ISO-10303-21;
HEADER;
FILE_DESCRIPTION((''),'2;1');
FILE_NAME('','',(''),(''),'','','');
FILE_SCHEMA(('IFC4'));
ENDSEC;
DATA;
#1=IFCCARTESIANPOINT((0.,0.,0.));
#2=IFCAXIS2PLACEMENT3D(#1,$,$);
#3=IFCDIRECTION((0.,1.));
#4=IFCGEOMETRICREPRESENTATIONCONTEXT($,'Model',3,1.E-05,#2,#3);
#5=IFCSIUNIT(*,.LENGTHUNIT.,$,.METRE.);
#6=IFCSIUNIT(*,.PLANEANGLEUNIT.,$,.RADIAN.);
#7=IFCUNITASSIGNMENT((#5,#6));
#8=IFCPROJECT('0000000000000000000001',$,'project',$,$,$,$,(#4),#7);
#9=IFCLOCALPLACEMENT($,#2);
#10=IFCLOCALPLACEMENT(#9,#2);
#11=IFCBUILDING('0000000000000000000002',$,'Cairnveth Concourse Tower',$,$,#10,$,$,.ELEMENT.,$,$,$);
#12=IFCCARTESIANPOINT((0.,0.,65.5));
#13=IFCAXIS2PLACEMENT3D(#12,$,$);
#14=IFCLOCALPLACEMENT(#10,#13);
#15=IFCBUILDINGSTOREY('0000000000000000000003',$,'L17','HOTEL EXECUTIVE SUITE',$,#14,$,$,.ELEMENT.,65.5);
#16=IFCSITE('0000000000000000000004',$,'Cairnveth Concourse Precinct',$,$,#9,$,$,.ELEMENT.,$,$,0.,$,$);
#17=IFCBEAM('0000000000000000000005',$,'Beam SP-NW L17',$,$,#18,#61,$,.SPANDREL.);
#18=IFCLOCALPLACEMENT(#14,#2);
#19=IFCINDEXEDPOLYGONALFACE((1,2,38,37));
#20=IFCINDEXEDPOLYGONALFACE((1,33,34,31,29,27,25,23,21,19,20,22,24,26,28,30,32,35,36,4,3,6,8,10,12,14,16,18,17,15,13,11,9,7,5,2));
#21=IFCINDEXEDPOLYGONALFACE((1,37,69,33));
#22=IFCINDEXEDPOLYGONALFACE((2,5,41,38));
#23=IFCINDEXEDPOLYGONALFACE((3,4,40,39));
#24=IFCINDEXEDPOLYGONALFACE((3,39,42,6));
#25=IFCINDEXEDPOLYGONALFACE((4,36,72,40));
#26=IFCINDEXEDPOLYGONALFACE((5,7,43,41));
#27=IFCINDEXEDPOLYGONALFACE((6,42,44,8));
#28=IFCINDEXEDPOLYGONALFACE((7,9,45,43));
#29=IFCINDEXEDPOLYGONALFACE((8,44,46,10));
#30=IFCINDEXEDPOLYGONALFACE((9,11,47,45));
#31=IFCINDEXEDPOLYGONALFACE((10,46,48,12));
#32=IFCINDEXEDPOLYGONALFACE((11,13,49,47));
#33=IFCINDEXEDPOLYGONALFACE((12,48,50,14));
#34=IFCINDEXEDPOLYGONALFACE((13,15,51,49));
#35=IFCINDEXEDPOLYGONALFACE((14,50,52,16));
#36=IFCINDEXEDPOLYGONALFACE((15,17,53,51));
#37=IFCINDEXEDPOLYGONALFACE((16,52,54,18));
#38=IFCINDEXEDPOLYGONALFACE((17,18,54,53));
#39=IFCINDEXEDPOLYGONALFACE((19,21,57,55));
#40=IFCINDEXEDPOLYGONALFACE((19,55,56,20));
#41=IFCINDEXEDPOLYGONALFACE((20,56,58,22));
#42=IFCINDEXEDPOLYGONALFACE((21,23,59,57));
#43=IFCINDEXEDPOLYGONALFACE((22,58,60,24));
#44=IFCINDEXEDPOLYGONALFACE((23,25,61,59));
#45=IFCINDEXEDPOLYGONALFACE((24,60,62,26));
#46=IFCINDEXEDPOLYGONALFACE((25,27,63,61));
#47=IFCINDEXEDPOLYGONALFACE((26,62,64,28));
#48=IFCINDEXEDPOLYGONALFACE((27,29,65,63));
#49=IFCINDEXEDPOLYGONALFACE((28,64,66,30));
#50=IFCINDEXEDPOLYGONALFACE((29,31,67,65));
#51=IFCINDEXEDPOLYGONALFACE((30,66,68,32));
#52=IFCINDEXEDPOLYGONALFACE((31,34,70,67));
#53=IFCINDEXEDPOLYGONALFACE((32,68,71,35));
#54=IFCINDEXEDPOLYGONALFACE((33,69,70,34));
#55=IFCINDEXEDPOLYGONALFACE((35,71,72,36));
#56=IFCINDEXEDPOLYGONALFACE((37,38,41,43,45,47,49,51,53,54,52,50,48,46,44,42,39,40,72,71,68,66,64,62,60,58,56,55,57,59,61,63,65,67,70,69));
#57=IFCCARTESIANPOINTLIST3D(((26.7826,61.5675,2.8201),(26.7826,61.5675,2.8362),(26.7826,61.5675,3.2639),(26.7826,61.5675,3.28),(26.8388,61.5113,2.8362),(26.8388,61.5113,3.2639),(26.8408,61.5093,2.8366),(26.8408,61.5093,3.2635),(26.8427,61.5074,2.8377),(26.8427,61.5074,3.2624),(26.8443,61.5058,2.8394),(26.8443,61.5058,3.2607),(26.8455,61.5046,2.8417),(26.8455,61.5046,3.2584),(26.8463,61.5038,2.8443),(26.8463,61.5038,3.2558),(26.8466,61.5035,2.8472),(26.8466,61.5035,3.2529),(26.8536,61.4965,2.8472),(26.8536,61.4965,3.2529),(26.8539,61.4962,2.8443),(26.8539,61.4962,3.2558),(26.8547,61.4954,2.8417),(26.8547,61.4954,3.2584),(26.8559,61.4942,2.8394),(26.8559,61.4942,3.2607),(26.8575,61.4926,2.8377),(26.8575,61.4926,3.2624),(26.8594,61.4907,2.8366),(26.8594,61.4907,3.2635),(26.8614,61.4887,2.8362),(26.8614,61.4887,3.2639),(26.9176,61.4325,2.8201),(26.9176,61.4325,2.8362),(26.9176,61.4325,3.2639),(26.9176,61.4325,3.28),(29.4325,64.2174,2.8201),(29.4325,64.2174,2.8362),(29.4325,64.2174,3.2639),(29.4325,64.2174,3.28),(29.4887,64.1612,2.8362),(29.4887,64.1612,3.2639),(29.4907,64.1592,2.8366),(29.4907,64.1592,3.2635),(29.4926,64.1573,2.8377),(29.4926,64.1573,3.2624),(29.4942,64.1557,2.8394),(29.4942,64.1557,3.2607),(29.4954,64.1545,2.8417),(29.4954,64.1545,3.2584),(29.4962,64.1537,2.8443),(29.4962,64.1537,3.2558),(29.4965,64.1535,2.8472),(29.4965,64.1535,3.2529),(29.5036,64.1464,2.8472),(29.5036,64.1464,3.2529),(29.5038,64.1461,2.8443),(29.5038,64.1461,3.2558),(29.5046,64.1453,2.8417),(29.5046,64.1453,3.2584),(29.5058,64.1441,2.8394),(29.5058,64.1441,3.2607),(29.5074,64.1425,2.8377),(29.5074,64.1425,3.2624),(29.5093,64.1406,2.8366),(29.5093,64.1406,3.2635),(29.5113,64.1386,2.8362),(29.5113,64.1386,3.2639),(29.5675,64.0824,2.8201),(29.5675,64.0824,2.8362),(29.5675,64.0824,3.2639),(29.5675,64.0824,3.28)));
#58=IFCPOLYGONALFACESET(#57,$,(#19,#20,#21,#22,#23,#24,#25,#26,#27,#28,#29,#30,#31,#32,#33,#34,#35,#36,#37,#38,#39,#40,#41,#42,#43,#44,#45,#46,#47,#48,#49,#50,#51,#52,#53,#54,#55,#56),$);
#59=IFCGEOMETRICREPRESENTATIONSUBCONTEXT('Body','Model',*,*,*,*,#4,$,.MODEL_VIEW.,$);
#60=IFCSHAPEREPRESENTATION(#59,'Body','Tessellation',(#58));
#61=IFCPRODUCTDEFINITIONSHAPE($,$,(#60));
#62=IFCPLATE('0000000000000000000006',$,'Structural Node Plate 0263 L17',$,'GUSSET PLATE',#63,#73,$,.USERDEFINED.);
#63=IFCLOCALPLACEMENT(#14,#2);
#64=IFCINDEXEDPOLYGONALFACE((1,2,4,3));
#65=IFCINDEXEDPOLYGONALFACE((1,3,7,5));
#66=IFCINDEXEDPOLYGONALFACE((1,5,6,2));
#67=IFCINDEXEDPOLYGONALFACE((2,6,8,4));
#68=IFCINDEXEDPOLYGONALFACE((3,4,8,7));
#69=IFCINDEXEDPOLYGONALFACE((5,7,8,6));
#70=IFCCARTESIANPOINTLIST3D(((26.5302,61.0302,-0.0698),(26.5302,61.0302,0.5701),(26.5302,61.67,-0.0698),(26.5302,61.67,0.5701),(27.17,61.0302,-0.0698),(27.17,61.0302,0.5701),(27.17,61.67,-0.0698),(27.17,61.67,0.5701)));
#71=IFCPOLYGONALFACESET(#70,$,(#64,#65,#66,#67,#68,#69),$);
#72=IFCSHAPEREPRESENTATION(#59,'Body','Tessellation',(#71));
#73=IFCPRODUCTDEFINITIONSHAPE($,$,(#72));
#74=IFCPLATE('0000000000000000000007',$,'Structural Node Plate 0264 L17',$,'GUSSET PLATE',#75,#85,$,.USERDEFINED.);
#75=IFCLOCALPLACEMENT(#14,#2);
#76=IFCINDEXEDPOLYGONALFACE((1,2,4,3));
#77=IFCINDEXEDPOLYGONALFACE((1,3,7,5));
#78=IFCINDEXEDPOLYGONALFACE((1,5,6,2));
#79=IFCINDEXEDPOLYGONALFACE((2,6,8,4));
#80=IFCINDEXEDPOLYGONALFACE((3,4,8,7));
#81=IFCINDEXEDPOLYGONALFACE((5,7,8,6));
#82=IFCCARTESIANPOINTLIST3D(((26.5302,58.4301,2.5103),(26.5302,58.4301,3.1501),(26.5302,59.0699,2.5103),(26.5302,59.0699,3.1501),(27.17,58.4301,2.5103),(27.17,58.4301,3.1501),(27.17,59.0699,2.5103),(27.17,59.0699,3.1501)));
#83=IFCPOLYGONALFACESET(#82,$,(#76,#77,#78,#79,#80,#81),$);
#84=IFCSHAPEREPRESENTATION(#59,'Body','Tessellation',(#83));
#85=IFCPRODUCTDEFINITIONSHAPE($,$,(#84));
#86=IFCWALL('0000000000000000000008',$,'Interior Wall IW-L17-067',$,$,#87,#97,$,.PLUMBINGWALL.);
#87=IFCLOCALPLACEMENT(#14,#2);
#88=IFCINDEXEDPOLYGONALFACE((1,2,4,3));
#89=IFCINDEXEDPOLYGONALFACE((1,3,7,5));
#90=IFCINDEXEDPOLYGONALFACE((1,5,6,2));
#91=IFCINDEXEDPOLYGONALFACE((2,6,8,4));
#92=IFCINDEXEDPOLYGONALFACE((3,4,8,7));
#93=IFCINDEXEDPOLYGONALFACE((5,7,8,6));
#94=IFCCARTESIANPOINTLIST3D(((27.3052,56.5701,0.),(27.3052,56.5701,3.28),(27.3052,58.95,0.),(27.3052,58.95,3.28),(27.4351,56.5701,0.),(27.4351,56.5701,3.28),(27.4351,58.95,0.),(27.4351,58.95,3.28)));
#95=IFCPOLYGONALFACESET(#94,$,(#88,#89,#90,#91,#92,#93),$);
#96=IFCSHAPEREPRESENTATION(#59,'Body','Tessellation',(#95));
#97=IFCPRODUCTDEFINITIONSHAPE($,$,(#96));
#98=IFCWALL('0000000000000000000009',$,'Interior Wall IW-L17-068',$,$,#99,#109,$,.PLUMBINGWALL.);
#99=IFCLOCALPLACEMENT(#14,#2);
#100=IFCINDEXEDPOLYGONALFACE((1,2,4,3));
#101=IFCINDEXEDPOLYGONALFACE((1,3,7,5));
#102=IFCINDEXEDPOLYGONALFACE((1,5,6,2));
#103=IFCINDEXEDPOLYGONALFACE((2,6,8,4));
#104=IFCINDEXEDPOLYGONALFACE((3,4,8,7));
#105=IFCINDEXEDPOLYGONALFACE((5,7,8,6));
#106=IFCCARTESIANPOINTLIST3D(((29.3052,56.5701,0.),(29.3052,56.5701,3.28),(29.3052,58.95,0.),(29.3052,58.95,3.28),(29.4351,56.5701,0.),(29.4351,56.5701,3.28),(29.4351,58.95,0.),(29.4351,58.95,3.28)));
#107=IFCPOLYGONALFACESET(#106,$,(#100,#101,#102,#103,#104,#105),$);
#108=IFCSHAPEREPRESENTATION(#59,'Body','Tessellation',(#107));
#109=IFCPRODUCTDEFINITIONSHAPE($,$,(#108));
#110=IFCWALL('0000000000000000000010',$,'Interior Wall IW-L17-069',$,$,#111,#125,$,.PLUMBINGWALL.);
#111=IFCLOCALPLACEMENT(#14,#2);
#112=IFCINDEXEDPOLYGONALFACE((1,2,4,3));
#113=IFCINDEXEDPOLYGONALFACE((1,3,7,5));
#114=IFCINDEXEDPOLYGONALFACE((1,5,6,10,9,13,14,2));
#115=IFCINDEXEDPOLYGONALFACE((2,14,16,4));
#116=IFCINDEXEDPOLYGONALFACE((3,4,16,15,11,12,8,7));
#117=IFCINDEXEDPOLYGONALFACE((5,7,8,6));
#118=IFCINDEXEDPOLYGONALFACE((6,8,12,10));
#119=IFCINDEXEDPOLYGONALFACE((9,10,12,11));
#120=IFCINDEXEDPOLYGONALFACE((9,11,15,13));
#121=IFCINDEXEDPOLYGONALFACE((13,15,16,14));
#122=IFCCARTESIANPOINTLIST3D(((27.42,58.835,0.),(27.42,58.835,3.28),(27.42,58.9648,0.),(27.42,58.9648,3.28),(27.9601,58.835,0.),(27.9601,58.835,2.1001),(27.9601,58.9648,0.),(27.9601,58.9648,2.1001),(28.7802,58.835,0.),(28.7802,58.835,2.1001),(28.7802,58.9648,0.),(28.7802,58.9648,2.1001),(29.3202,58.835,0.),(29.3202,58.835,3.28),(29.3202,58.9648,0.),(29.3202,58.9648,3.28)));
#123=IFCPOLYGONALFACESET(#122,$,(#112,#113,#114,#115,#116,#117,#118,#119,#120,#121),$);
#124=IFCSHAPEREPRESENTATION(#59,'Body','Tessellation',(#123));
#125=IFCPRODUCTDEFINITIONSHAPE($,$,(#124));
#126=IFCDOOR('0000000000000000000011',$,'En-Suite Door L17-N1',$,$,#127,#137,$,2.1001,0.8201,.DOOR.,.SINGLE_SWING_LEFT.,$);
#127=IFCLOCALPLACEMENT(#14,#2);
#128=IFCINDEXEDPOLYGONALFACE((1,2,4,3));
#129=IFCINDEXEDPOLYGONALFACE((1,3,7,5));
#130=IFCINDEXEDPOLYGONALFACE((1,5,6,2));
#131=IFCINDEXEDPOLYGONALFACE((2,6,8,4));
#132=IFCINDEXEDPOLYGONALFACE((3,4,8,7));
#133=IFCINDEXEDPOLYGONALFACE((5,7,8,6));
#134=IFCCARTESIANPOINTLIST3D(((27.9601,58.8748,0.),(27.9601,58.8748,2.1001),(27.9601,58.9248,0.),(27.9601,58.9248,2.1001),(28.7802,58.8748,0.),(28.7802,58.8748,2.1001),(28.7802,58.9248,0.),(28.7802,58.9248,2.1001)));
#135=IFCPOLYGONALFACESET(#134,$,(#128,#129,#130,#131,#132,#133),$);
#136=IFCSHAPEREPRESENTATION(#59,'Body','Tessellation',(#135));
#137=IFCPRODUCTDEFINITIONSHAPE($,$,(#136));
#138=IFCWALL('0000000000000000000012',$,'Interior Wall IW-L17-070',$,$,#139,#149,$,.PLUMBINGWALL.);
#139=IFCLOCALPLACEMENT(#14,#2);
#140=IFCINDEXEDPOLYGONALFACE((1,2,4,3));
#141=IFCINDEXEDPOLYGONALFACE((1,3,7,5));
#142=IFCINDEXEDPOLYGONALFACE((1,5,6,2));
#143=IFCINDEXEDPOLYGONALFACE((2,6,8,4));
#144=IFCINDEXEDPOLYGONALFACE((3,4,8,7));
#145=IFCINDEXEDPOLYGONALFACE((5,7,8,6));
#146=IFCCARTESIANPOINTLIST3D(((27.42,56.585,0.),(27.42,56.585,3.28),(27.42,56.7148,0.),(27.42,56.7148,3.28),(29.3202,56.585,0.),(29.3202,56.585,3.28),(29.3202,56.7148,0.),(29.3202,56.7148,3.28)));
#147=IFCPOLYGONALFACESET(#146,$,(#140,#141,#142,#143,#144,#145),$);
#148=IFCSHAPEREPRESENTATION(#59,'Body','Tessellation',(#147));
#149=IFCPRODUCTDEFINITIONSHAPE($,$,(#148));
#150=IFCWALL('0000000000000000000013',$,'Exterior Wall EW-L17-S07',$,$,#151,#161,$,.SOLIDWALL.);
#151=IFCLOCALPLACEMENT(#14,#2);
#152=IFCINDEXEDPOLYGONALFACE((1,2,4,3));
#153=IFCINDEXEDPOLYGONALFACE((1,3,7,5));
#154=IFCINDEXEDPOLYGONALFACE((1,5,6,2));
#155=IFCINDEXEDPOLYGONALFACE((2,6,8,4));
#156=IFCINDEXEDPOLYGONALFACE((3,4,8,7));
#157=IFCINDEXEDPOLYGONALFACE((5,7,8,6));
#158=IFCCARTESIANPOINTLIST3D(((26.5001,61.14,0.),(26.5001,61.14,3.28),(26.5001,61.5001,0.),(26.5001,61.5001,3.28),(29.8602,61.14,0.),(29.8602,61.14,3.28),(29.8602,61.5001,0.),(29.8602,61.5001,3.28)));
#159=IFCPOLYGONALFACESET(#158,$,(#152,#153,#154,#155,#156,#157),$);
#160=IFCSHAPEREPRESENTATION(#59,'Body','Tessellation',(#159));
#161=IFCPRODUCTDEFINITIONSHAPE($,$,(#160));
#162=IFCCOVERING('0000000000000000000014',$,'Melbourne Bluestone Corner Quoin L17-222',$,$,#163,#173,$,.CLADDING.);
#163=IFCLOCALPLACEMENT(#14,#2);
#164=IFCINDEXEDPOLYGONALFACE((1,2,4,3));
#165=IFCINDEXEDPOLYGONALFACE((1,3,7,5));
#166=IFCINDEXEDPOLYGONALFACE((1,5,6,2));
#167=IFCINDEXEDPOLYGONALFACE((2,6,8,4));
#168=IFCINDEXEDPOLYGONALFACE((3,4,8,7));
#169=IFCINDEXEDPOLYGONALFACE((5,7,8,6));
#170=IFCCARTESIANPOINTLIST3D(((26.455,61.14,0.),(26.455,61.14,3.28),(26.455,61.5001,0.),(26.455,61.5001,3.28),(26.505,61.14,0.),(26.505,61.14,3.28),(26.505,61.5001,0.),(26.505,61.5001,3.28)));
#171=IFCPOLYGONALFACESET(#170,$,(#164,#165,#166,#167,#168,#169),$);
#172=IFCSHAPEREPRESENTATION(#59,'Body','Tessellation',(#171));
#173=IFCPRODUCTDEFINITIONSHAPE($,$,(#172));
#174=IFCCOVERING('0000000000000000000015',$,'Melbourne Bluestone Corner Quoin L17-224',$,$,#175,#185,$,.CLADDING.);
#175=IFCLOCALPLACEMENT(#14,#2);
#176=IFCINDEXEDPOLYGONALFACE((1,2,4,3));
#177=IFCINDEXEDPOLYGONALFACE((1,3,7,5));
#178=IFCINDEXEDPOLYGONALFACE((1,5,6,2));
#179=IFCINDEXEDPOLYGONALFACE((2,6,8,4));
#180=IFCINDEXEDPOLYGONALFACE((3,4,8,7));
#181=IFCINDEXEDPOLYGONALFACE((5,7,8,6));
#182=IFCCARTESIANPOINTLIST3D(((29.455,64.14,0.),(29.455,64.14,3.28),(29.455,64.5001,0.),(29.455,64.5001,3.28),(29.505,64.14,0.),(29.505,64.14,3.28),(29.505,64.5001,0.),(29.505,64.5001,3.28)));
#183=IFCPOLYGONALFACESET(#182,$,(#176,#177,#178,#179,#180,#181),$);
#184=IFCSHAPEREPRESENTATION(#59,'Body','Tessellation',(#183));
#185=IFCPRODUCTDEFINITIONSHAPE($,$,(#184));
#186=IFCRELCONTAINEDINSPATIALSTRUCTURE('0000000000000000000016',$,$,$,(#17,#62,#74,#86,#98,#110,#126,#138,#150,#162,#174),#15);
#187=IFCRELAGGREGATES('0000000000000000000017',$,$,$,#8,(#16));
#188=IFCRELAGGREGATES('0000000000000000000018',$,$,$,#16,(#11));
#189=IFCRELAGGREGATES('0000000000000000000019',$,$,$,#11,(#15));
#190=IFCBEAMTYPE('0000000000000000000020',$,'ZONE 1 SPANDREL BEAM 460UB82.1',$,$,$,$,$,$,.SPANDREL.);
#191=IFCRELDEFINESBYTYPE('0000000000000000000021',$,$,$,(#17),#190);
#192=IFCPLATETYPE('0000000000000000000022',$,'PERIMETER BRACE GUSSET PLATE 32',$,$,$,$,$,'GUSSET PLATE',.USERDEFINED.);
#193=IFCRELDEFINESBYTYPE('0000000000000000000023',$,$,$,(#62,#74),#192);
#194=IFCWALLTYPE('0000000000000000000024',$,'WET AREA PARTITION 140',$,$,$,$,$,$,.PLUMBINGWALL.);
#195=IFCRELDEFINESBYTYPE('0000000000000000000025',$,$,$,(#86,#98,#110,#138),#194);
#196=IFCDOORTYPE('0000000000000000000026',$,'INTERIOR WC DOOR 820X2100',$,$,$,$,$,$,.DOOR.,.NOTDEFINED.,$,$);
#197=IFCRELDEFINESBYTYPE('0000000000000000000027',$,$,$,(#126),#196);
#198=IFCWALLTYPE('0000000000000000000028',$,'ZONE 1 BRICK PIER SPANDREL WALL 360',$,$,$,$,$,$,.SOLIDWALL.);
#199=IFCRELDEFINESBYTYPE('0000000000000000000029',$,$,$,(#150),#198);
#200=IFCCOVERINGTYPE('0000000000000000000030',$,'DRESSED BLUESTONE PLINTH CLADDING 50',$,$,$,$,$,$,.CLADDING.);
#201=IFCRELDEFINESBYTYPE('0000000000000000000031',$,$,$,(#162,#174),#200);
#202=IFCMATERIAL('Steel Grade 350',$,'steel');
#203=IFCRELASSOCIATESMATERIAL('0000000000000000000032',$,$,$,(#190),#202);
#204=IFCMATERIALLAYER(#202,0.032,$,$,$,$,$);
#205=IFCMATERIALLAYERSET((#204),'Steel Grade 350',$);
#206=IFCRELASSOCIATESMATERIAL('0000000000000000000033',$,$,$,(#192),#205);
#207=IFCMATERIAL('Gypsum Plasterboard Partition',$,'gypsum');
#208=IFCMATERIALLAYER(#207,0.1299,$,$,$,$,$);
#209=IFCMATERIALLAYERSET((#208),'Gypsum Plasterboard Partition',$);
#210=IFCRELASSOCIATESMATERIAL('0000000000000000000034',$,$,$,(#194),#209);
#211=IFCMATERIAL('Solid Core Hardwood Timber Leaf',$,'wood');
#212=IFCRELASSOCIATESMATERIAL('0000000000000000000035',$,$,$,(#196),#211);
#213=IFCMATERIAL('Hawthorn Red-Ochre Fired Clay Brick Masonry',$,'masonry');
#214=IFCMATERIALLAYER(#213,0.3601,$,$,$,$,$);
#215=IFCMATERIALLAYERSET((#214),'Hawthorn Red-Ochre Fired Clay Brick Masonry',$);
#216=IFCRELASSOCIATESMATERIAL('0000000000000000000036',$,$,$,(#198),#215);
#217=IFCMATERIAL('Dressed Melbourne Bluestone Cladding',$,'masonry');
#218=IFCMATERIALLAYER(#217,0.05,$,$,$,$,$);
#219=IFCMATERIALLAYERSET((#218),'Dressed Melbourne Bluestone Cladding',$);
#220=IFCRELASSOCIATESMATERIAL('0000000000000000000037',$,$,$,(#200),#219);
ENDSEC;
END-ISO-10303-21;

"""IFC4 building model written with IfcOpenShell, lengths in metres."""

from ifc_helpers import new_model, si_unit, direction, frame, frame_2d, origin, origin_2d, place, context, subcontext, project, spatial, rectangle, i_section, extrude, material, layer, layer_set, material_profile, profile_set, type_object, element, fill, save


model = new_model("IFC4")

# Units and contexts
model_context = context("Model", 3, precision=1e-05, world=origin(), true_north=direction((0.0, 1.0)))
body_context = subcontext(model_context, "Body", "Model", "MODEL_VIEW")
ifc_project = project(units=[si_unit("LENGTHUNIT", "METRE"), si_unit("PLANEANGLEUNIT", "RADIAN")], contexts=[model_context])

# Site, building, storey
site_placement = place(None, origin())
site = spatial("IfcSite", under=ifc_project, at=site_placement, Name="Cairnveth Concourse Precinct", CompositionType="ELEMENT", RefElevation=0.0)
building_placement = place(site_placement, origin())
building = spatial("IfcBuilding", under=site, at=building_placement, Name="Cairnveth Concourse Tower", CompositionType="ELEMENT")
storey_placement = place(building_placement, frame((0.0, 0.0, 65.5)))
storey = spatial("IfcBuildingStorey", under=building, at=storey_placement, Name="L17", Description="HOTEL EXECUTIVE SUITE", CompositionType="ELEMENT", Elevation=65.5)

# Shared definitions
ifc_material_1 = material(Name="Steel Grade 350", Category="steel")

# Beam
ifc_material_profile_1 = material_profile(ifc_material_1, i_section(OverallWidth=0.1909, OverallDepth=0.46, WebThickness=0.01, FlangeThickness=0.0161, FilletRadius=0.011, at=origin_2d()), Name="460UB82.1")
ifc_profile_set_1 = profile_set([ifc_material_profile_1], Name="Steel Grade 350")
beam_type_1 = type_object("IfcBeamType", Name="ZONE 1 SPANDREL BEAM 460UB82.1", PredefinedType="SPANDREL", material=ifc_profile_set_1)
beam_1_placement = place(storey_placement, frame((26.8501, 61.5, 3.05), z_axis=(0.707107, 0.707107, 0.0), x_axis=(-0.707107, 0.707107, 0.0)))
element("IfcBeam", 1, at=beam_1_placement, inside=storey, type_object=beam_type_1, Name="Beam SP-NW L17", PredefinedType="SPANDREL", context=body_context, shape_type="SweptSolid", body=[
    extrude(i_section(OverallWidth=0.1909, OverallDepth=0.46, WebThickness=0.01, FlangeThickness=0.0161, FilletRadius=0.011, at=origin_2d()), origin(), (0.0, 0.0, 1.0), 3.7476),
])

# Plates
ifc_layer_1 = layer(ifc_material_1, 0.032)
ifc_layer_set_1 = layer_set([ifc_layer_1], Name="Steel Grade 350")
plate_type = type_object("IfcPlateType", Name="PERIMETER BRACE GUSSET PLATE 32", ElementType="GUSSET PLATE", PredefinedType="USERDEFINED", material=ifc_layer_set_1)
for number, where, z_axis, x_axis, name in (
    (2, (26.8501, 61.3501, -0.0698), (0.0, 0.0, 1.0), (1.0, 0.0, 0.0), "Structural Node Plate 0263 L17"),
    (3, (26.8501, 58.75, 2.5103), (0.0, 0.0, 1.0), (1.0, 0.0, 0.0), "Structural Node Plate 0264 L17"),
):
    element("IfcPlate", number, at=place(storey_placement, frame(where, z_axis=z_axis, x_axis=x_axis)), inside=storey, type_object=plate_type, Name=name, ObjectType="GUSSET PLATE", PredefinedType="USERDEFINED", context=body_context, shape_type="SweptSolid", body=[
        extrude(rectangle(XDim=0.6399, YDim=0.6399, at=origin_2d()), origin(), (0.0, 0.0, 1.0), 0.6399),
    ])

# Walls
ifc_material_2 = material(Name="Gypsum Plasterboard Partition", Category="gypsum")
ifc_layer_2 = layer(ifc_material_2, 0.1299)
ifc_layer_set_2 = layer_set([ifc_layer_2], Name="Gypsum Plasterboard Partition")
wall_type_1 = type_object("IfcWallType", Name="WET AREA PARTITION 140", PredefinedType="PLUMBINGWALL", material=ifc_layer_set_2)
for number, where, z_axis, x_axis, name in (
    (4, (27.3701, 56.5701, 0.0), (0.0, 0.0, 1.0), (0.0, 1.0, 0.0), "Interior Wall IW-L17-067"),
    (5, (29.3701, 56.5701, 0.0), (0.0, 0.0, 1.0), (0.0, 1.0, 0.0), "Interior Wall IW-L17-068"),
):
    element("IfcWall", number, at=place(storey_placement, frame(where, z_axis=z_axis, x_axis=x_axis)), inside=storey, type_object=wall_type_1, Name=name, PredefinedType="PLUMBINGWALL", context=body_context, shape_type="SweptSolid", body=[
        extrude(rectangle(XDim=2.3799, YDim=0.1299, at=frame_2d((1.1899, 0.0))), origin(), (0.0, 0.0, 1.0), 3.28),
    ])

# Wall, opening, door
wall_1_placement = place(storey_placement, frame((27.4199, 58.8999, 0.0), z_axis=(0.0, 0.0, 1.0), x_axis=(1.0, 0.0, 0.0)))
wall_1 = element("IfcWall", 6, at=wall_1_placement, inside=storey, type_object=wall_type_1, Name="Interior Wall IW-L17-069", PredefinedType="PLUMBINGWALL", context=body_context, shape_type="SweptSolid", body=[
    extrude(rectangle(XDim=1.9001, YDim=0.1299, at=frame_2d((0.9502, 0.0))), origin(), (0.0, 0.0, 1.0), 3.28),
])
opening_placement = place(wall_1_placement, frame((0.54, 0.0, 0.0)))
opening = element("IfcOpeningElement", 7, at=opening_placement, cuts=wall_1, PredefinedType="OPENING", context=body_context, shape_type="SweptSolid", body=[
    extrude(rectangle(XDim=0.8201, YDim=2.1001, at=frame_2d((0.4102, 1.05))), frame((0.0, 0.075, 0.0), z_axis=(0.0, -1.0, 0.0), x_axis=(1.0, 0.0, 0.0)), (0.0, 0.0, 1.0), 0.1499),
])
ifc_material_3 = material(Name="Solid Core Hardwood Timber Leaf", Category="wood")
door_type = type_object("IfcDoorType", Name="INTERIOR WC DOOR 820X2100", OperationType="NOTDEFINED", PredefinedType="DOOR", material=ifc_material_3)
door_placement = place(opening_placement, origin())
door = element("IfcDoor", 8, at=door_placement, inside=storey, type_object=door_type, Name="En-Suite Door L17-N1", OperationType="SINGLE_SWING_LEFT", OverallHeight=2.1001, OverallWidth=0.8201, PredefinedType="DOOR", context=body_context, shape_type="SweptSolid", body=[
    extrude(rectangle(XDim=0.8201, YDim=2.1001, at=frame_2d((0.4102, 1.05))), frame((0.0, 0.0249, 0.0), z_axis=(0.0, -1.0, 0.0), x_axis=(1.0, 0.0, 0.0)), (0.0, 0.0, 1.0), 0.05),
])
fill(opening, door)

# Walls
wall_2_placement = place(storey_placement, frame((27.4199, 56.6499, 0.0), z_axis=(0.0, 0.0, 1.0), x_axis=(1.0, 0.0, 0.0)))
element("IfcWall", 9, at=wall_2_placement, inside=storey, type_object=wall_type_1, Name="Interior Wall IW-L17-070", PredefinedType="PLUMBINGWALL", context=body_context, shape_type="SweptSolid", body=[
    extrude(rectangle(XDim=1.9001, YDim=0.1299, at=frame_2d((0.9502, 0.0))), origin(), (0.0, 0.0, 1.0), 3.28),
])
ifc_material_4 = material(Name="Hawthorn Red-Ochre Fired Clay Brick Masonry", Category="masonry")
ifc_layer_3 = layer(ifc_material_4, 0.3601)
ifc_layer_set_3 = layer_set([ifc_layer_3], Name="Hawthorn Red-Ochre Fired Clay Brick Masonry")
wall_type_2 = type_object("IfcWallType", Name="ZONE 1 BRICK PIER SPANDREL WALL 360", PredefinedType="SOLIDWALL", material=ifc_layer_set_3)
wall_3_placement = place(storey_placement, frame((26.5, 61.3201, 0.0), z_axis=(0.0, 0.0, 1.0), x_axis=(1.0, 0.0, 0.0)))
element("IfcWall", 10, at=wall_3_placement, inside=storey, type_object=wall_type_2, Name="Exterior Wall EW-L17-S07", PredefinedType="SOLIDWALL", context=body_context, shape_type="SweptSolid", body=[
    extrude(rectangle(XDim=3.3601, YDim=0.3601, at=frame_2d((1.6802, 0.0))), origin(), (0.0, 0.0, 1.0), 3.28),
])

# Coverings
ifc_material_5 = material(Name="Dressed Melbourne Bluestone Cladding", Category="masonry")
ifc_layer_4 = layer(ifc_material_5, 0.05)
ifc_layer_set_4 = layer_set([ifc_layer_4], Name="Dressed Melbourne Bluestone Cladding")
covering_type = type_object("IfcCoveringType", Name="DRESSED BLUESTONE PLINTH CLADDING 50", PredefinedType="CLADDING", material=ifc_layer_set_4)
for number, where, z_axis, x_axis, name in (
    (11, (26.48, 61.1399, 0.0), (0.0, 0.0, 1.0), (0.0, 1.0, 0.0), "Melbourne Bluestone Corner Quoin L17-222"),
    (12, (29.48, 64.1399, 0.0), (0.0, 0.0, 1.0), (0.0, 1.0, 0.0), "Melbourne Bluestone Corner Quoin L17-224"),
):
    element("IfcCovering", number, at=place(storey_placement, frame(where, z_axis=z_axis, x_axis=x_axis)), inside=storey, type_object=covering_type, Name=name, PredefinedType="CLADDING", context=body_context, shape_type="SweptSolid", body=[
        extrude(rectangle(XDim=0.3601, YDim=0.05, at=frame_2d((0.1802, 0.0))), origin(), (0.0, 0.0, 1.0), 3.28),
    ])

save(model, "model.ifc")
